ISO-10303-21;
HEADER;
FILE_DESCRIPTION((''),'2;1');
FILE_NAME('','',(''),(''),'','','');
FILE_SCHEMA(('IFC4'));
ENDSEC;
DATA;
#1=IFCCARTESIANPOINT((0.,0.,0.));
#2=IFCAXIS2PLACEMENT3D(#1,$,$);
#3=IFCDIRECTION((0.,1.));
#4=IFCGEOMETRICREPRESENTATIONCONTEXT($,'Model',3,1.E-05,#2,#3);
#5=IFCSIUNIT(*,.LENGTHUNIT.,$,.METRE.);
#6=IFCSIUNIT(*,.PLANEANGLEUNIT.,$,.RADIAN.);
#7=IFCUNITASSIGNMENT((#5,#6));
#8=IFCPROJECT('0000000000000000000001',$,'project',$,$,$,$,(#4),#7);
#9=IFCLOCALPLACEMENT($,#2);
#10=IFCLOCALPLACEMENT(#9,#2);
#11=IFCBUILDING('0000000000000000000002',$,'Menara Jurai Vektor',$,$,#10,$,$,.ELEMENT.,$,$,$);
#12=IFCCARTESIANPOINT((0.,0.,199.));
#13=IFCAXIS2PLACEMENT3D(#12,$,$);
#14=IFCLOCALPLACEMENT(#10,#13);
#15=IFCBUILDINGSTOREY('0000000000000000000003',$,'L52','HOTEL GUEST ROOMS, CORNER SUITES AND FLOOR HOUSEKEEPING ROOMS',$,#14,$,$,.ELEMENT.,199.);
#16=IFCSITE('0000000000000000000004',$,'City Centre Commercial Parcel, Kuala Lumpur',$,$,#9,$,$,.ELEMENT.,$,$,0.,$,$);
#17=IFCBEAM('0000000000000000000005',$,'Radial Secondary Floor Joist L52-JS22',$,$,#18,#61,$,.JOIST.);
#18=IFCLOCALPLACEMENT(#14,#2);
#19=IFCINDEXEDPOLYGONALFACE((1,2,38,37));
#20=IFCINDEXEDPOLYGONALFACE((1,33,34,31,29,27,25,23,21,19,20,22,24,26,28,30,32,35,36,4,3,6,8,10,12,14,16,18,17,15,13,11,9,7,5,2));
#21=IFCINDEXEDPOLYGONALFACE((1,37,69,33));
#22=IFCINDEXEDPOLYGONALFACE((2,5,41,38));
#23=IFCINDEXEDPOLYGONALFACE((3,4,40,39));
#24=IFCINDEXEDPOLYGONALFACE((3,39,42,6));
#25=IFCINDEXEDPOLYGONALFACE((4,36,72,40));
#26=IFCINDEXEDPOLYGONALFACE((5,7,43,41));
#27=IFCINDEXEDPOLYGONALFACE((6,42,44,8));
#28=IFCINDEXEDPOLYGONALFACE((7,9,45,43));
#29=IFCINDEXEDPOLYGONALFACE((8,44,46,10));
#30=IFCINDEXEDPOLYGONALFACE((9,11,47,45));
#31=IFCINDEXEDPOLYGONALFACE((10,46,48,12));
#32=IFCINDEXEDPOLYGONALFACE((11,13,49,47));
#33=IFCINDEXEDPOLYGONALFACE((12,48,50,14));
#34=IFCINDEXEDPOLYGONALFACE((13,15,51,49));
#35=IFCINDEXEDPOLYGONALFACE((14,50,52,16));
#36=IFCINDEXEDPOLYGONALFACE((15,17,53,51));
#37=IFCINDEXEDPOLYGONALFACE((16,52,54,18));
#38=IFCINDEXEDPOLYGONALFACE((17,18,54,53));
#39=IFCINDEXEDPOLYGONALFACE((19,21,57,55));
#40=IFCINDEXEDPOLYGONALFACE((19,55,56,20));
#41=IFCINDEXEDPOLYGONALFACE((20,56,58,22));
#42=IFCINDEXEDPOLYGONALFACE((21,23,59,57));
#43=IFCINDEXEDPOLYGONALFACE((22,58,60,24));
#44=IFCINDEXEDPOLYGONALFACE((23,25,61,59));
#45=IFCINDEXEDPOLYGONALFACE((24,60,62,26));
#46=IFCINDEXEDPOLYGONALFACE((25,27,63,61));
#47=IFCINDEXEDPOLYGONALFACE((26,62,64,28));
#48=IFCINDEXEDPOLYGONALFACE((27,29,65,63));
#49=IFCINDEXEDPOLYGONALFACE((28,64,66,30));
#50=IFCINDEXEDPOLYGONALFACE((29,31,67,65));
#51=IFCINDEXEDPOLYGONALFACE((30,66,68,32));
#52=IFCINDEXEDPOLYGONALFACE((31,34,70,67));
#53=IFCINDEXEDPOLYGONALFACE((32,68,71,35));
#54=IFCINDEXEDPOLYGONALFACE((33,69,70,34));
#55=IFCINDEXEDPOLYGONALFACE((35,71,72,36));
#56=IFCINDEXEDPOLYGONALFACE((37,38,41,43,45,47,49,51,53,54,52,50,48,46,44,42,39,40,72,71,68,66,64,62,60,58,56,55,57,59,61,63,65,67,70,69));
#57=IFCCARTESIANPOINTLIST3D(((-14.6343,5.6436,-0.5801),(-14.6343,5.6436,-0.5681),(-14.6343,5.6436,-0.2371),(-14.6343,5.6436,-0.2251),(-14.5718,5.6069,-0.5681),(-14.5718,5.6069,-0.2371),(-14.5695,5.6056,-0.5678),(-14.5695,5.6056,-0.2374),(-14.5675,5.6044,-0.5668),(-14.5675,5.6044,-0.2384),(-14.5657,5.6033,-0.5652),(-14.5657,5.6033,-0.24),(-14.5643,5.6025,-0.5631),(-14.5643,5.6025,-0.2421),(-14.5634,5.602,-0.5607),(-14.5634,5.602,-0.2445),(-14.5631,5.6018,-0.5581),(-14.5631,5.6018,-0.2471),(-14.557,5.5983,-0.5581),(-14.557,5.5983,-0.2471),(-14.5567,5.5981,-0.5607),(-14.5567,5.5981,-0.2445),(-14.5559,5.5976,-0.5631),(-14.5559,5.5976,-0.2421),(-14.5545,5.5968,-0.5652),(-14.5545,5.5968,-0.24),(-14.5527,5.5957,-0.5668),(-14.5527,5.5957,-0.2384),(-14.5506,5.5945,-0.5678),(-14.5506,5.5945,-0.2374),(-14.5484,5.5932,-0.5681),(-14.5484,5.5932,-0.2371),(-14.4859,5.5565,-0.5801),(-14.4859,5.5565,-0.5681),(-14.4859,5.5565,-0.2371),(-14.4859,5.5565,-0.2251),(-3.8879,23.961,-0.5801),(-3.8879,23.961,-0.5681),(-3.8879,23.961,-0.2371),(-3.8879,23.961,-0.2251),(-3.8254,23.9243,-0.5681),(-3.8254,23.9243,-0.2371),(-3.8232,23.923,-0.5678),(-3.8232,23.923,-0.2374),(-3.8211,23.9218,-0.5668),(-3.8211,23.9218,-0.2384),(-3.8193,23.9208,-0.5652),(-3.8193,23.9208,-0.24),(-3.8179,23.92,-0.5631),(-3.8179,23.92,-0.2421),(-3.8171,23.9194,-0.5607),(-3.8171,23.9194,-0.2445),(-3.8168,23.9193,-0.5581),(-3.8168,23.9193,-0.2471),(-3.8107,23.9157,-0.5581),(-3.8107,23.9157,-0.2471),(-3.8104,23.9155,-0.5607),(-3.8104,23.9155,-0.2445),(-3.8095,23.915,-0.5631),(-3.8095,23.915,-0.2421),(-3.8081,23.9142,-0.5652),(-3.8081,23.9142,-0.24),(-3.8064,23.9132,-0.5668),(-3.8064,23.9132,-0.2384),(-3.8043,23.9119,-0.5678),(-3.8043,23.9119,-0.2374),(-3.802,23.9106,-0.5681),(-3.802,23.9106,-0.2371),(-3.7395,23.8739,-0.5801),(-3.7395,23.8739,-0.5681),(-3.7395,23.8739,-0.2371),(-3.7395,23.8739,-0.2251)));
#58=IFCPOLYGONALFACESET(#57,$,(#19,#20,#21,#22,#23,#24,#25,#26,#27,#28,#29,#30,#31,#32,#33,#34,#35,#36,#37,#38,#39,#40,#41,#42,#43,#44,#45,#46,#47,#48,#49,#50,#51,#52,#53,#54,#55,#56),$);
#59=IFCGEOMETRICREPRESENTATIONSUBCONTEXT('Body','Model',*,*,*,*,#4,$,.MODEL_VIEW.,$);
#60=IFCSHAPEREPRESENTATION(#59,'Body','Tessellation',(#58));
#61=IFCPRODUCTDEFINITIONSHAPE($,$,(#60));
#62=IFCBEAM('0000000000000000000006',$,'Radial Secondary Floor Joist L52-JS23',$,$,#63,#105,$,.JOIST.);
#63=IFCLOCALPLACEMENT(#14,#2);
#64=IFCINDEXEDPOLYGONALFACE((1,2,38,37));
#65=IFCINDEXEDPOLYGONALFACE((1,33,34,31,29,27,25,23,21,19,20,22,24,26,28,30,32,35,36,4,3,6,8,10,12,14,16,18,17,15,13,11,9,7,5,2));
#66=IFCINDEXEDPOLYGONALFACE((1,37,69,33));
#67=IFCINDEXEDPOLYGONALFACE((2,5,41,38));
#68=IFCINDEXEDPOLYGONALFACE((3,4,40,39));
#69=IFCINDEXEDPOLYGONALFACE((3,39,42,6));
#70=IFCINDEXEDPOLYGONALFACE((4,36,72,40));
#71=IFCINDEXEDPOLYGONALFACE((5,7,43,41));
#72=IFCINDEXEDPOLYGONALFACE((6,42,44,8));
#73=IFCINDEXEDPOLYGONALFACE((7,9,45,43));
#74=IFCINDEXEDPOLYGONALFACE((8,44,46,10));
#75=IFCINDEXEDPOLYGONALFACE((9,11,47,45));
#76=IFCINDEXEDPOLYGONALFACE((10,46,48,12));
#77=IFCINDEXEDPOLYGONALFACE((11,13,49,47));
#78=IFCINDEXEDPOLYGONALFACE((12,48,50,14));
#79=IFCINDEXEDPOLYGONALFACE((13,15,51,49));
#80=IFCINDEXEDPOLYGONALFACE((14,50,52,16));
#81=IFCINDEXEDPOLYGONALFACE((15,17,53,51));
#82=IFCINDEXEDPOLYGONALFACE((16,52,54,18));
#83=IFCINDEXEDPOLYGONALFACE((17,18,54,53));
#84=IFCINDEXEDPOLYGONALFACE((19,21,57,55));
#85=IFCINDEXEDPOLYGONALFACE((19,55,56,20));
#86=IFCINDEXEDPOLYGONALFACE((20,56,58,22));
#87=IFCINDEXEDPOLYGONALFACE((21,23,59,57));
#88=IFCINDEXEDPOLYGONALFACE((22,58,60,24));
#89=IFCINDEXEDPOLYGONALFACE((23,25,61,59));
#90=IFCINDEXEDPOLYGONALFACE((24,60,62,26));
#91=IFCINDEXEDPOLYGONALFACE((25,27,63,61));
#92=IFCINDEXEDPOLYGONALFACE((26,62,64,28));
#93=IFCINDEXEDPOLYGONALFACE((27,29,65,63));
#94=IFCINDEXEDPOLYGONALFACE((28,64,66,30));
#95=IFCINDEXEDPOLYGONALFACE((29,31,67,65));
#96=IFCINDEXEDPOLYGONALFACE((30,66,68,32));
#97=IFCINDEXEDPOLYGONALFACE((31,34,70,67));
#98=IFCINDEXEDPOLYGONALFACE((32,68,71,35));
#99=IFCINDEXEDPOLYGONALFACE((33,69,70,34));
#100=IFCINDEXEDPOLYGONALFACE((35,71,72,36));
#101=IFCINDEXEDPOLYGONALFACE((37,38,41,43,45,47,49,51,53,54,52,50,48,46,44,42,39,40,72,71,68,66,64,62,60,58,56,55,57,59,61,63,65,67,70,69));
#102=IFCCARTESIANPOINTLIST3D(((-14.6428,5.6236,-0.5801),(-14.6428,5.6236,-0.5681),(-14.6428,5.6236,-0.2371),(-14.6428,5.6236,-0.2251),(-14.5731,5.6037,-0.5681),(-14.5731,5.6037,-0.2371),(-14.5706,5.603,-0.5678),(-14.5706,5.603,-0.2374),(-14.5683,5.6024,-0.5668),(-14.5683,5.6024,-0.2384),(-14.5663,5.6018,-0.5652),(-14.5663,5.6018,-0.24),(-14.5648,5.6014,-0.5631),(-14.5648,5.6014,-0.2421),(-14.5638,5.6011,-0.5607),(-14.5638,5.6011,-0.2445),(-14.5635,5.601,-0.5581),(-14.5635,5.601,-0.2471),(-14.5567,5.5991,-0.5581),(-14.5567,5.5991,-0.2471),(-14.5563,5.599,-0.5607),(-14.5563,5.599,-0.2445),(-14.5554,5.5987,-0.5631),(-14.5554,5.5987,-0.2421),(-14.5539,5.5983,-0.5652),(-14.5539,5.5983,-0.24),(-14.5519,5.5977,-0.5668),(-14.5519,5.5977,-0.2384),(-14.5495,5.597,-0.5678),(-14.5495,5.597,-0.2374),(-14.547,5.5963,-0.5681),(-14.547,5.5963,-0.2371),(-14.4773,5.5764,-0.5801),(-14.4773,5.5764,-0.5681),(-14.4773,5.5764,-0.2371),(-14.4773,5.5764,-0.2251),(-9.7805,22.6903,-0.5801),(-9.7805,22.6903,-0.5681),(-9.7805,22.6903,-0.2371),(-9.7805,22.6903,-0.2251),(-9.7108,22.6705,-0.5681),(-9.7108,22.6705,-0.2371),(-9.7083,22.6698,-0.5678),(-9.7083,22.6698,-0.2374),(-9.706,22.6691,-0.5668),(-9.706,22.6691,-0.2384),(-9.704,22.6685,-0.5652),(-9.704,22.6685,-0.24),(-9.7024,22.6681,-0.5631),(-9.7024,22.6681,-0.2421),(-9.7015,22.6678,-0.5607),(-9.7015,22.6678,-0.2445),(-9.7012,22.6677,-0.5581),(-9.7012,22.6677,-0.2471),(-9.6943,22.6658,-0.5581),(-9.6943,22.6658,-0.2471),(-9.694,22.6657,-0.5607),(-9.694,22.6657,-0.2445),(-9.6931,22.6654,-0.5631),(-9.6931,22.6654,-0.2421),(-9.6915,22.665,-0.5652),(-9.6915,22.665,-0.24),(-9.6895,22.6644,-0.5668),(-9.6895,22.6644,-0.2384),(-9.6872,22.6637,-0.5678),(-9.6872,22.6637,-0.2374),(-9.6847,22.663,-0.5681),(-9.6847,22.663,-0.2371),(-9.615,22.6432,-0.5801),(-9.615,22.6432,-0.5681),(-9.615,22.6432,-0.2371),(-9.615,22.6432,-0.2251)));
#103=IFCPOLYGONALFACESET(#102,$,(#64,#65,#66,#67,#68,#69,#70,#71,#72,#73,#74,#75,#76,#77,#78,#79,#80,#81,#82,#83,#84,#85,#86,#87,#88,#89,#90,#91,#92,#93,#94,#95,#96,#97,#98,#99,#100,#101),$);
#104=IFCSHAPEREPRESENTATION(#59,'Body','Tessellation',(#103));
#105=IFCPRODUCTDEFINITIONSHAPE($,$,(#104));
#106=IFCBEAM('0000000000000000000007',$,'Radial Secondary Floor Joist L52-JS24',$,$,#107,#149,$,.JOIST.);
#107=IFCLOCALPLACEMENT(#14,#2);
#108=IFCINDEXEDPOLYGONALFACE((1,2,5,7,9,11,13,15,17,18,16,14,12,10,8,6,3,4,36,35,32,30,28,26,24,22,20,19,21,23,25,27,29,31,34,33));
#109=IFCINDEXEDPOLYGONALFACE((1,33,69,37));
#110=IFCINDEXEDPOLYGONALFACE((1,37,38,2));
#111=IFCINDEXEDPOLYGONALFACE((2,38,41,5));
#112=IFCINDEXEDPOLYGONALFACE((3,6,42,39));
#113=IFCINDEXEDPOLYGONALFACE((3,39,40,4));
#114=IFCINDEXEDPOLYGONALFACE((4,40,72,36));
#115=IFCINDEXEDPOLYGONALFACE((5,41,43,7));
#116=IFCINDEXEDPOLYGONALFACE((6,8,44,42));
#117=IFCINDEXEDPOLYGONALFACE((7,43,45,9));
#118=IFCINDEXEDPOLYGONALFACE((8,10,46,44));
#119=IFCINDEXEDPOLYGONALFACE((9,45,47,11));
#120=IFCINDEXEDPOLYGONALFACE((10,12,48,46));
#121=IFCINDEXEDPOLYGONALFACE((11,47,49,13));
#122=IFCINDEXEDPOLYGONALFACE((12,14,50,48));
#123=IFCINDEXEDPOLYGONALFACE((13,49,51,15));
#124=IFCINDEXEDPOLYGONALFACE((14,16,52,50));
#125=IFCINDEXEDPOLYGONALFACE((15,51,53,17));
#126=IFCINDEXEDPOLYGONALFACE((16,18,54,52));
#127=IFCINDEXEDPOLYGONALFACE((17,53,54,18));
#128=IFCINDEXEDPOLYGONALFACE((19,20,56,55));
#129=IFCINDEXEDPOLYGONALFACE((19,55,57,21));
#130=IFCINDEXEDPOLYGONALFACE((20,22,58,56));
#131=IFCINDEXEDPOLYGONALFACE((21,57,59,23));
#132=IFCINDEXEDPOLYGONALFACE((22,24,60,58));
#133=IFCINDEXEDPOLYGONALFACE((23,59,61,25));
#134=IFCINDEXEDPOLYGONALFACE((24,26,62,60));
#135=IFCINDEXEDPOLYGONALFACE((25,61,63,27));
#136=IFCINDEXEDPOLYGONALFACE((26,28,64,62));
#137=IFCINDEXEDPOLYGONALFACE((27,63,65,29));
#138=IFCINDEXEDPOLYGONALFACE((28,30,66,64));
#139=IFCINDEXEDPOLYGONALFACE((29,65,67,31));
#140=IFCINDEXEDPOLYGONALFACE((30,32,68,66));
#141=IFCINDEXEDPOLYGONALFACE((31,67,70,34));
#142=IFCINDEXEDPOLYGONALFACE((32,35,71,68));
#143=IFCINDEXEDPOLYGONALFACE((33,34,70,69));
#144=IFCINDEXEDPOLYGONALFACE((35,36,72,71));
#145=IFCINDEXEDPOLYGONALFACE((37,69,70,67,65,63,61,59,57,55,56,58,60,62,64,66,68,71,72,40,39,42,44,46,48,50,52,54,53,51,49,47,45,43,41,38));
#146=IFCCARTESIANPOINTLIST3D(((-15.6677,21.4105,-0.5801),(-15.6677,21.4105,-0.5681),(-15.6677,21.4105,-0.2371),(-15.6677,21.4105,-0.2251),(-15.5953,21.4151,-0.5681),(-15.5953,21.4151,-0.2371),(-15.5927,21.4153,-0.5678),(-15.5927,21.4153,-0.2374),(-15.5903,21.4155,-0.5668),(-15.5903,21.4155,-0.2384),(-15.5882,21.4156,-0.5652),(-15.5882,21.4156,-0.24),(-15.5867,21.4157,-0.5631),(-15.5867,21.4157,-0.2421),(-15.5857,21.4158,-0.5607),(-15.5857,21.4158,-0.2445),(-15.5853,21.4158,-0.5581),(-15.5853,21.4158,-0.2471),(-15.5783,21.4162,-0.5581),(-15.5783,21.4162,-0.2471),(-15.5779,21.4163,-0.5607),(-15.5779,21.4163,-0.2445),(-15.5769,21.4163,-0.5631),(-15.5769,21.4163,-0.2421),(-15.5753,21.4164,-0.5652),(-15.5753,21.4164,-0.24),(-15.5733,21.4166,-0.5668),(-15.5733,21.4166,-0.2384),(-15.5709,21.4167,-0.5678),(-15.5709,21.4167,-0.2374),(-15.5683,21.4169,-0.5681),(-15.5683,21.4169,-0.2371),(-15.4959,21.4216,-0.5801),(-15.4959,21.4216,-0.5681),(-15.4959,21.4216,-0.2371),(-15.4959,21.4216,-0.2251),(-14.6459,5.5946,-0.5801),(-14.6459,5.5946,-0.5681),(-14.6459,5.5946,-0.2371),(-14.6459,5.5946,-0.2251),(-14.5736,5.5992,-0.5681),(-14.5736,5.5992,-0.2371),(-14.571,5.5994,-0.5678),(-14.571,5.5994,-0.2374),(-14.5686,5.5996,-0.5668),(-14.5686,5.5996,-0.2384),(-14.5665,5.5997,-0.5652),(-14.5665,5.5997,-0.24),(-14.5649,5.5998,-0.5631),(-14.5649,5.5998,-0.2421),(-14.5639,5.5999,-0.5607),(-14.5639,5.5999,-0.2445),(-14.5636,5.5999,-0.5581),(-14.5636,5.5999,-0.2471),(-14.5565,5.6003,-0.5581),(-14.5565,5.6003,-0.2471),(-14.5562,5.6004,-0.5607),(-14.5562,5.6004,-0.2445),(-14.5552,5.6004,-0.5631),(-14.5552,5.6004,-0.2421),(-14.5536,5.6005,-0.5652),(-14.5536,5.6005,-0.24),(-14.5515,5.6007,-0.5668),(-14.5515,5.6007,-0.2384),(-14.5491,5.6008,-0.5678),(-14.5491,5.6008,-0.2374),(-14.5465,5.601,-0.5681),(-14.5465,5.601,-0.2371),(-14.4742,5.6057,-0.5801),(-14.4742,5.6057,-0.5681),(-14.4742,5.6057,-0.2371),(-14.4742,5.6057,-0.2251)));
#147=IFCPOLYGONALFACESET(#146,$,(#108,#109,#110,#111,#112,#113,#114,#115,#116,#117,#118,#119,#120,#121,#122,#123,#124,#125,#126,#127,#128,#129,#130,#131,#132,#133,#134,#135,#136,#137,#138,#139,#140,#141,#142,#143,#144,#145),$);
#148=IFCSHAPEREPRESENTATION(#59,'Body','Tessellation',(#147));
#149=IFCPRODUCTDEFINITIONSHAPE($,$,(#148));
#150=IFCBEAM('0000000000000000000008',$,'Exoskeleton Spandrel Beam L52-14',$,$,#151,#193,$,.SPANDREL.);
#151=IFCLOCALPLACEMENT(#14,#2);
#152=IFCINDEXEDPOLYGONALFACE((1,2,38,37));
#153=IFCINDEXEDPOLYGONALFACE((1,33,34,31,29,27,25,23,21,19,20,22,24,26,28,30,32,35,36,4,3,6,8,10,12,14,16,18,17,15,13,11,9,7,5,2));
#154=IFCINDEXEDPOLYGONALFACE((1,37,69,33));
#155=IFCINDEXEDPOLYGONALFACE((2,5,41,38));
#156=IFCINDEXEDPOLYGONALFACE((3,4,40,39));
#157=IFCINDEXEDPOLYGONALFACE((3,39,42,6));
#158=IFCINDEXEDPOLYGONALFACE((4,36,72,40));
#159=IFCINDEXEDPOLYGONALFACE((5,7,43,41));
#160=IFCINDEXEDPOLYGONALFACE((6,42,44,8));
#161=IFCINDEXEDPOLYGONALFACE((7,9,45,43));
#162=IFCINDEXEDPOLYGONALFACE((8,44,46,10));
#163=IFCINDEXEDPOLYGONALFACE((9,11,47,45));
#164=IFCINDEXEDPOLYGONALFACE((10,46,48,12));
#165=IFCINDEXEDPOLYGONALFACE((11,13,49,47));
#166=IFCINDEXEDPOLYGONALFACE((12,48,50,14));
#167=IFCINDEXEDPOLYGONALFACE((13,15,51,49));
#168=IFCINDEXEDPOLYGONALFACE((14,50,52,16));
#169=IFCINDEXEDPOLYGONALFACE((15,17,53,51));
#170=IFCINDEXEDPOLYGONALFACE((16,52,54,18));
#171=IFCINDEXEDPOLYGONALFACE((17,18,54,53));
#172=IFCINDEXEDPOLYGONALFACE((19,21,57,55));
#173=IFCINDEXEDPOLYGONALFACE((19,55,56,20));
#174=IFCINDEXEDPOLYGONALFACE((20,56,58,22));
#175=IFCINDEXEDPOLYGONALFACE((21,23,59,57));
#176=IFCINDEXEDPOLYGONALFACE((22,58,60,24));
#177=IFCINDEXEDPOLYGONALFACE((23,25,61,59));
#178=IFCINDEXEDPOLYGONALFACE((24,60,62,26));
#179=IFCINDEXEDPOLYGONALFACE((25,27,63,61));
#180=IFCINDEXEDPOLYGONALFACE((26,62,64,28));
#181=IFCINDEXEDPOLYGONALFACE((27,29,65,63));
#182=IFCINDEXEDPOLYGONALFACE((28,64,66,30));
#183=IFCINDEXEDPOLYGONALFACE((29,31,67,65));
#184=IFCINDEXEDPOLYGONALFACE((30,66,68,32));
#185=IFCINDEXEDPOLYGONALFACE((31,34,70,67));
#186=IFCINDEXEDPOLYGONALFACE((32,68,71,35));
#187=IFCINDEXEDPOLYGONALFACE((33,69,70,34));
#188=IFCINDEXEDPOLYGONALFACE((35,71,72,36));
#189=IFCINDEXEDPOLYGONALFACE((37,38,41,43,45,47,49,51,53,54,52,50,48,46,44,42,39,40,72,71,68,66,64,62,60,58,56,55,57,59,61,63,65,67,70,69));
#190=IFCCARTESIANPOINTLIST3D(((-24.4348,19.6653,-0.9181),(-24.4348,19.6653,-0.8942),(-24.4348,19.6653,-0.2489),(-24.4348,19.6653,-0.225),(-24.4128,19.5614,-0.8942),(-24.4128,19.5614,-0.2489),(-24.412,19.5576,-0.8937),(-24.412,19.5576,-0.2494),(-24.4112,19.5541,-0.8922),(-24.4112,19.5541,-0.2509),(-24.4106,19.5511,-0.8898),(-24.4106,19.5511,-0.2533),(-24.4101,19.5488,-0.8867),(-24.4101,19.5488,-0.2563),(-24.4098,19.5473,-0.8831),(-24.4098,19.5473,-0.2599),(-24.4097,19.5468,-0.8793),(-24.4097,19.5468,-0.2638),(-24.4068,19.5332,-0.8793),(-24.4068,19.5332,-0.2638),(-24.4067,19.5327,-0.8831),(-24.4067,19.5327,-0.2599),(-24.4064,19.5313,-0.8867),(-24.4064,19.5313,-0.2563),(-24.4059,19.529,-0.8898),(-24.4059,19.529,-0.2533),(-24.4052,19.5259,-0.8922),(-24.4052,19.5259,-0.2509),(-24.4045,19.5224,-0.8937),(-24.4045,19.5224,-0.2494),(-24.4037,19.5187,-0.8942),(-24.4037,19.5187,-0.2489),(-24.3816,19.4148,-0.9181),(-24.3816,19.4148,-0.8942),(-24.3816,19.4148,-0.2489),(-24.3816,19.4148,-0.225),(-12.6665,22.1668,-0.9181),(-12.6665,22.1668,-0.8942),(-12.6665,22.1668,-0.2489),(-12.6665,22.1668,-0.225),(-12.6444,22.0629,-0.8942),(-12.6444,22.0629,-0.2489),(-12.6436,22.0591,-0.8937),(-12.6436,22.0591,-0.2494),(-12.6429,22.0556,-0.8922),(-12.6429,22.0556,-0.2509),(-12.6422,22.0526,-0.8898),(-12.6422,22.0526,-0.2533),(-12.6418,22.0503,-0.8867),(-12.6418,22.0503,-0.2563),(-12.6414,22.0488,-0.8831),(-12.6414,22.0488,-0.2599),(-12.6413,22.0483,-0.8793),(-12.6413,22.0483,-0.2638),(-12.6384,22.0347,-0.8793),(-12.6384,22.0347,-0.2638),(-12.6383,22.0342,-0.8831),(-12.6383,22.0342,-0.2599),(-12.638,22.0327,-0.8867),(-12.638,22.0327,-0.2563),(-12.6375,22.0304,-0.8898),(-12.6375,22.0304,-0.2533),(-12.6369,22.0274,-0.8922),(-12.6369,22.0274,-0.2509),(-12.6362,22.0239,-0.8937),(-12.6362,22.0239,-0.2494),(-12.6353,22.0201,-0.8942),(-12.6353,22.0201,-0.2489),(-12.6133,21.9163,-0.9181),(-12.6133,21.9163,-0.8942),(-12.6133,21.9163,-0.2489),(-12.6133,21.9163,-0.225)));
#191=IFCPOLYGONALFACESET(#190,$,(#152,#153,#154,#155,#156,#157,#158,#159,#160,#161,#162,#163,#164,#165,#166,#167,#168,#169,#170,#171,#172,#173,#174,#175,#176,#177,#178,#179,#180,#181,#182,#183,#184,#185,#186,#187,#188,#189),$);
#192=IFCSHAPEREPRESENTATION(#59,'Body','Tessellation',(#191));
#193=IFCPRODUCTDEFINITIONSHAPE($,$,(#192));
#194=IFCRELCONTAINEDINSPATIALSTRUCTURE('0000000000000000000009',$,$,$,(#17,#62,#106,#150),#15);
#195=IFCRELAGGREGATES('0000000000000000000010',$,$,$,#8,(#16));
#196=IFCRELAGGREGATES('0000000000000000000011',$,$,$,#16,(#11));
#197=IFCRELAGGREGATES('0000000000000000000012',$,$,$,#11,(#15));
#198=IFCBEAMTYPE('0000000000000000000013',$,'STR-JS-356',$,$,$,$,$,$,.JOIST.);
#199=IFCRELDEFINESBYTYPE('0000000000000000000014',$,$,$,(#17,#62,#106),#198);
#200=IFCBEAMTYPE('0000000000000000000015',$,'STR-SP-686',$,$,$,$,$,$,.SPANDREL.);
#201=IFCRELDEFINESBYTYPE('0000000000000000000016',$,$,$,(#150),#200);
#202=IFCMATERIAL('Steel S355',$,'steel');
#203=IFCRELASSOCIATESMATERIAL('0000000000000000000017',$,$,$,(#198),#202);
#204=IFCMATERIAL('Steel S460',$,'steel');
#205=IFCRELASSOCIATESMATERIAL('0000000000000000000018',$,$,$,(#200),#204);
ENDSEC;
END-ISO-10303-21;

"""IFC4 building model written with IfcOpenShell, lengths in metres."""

from ifc_helpers import new_model, si_unit, direction, frame, origin, origin_2d, place, context, subcontext, project, spatial, i_section, extrude, material, material_profile, profile_set, type_object, element, save


model = new_model("IFC4")

# Units and contexts
model_context = context("Model", 3, precision=1e-05, world=origin(), true_north=direction((0.0, 1.0)))
body_context = subcontext(model_context, "Body", "Model", "MODEL_VIEW")
ifc_project = project(units=[si_unit("LENGTHUNIT", "METRE"), si_unit("PLANEANGLEUNIT", "RADIAN")], contexts=[model_context])

# Site, building, storey
site_placement = place(None, origin())
site = spatial("IfcSite", under=ifc_project, at=site_placement, Name="City Centre Commercial Parcel, Kuala Lumpur", CompositionType="ELEMENT", RefElevation=0.0)
building_placement = place(site_placement, origin())
building = spatial("IfcBuilding", under=site, at=building_placement, Name="Menara Jurai Vektor", CompositionType="ELEMENT")
storey_placement = place(building_placement, frame((0.0, 0.0, 199.0)))
storey = spatial("IfcBuildingStorey", under=building, at=storey_placement, Name="L52", Description="HOTEL GUEST ROOMS, CORNER SUITES AND FLOOR HOUSEKEEPING ROOMS", CompositionType="ELEMENT", Elevation=199.0)

# Shared definitions
ifc_material_1 = material(Name="Steel S460", Category="steel")

# Beams
ifc_material_2 = material(Name="Steel S355", Category="steel")
ifc_material_profile_1 = material_profile(ifc_material_2, i_section(OverallWidth=0.1721, OverallDepth=0.355, WebThickness=0.0071, FlangeThickness=0.012, FilletRadius=0.01, at=origin_2d()), Name="UKB 356x171x51")
ifc_profile_set_1 = profile_set([ifc_material_profile_1], Name="Steel S355")
beam_type_1 = type_object("IfcBeamType", Name="STR-JS-356", PredefinedType="JOIST", material=ifc_profile_set_1)
beam_1_placement = place(storey_placement, frame((-3.8137, 23.9175, -0.4026), z_axis=(-0.50602, -0.862522, 0.0), x_axis=(0.862522, -0.50602, 0.0)))
element("IfcBeam", 1, at=beam_1_placement, inside=storey, type_object=beam_type_1, Name="Radial Secondary Floor Joist L52-JS22", PredefinedType="JOIST", context=body_context, shape_type="SweptSolid", body=[
    extrude(i_section(OverallWidth=0.1721, OverallDepth=0.355, WebThickness=0.0071, FlangeThickness=0.012, FilletRadius=0.01, at=origin_2d()), origin(), (0.0, 0.0, 1.0), 21.2371),
])
beam_2_placement = place(storey_placement, frame((-9.6978, 22.6667, -0.4026), z_axis=(-0.273998, -0.96173, 0.0), x_axis=(0.96173, -0.273998, 0.0)))
element("IfcBeam", 2, at=beam_2_placement, inside=storey, type_object=beam_type_1, Name="Radial Secondary Floor Joist L52-JS23", PredefinedType="JOIST", context=body_context, shape_type="SweptSolid", body=[
    extrude(i_section(OverallWidth=0.1721, OverallDepth=0.355, WebThickness=0.0071, FlangeThickness=0.012, FilletRadius=0.01, at=origin_2d()), origin(), (0.0, 0.0, 1.0), 17.7458),
])
beam_3_placement = place(storey_placement, frame((-15.5818, 21.416, -0.4026), z_axis=(0.064467, -0.99792, 0.0), x_axis=(0.99792, 0.064467, 0.0)))
element("IfcBeam", 3, at=beam_3_placement, inside=storey, type_object=beam_type_1, Name="Radial Secondary Floor Joist L52-JS24", PredefinedType="JOIST", context=body_context, shape_type="SweptSolid", body=[
    extrude(i_section(OverallWidth=0.1721, OverallDepth=0.355, WebThickness=0.0071, FlangeThickness=0.012, FilletRadius=0.01, at=origin_2d()), origin(), (0.0, 0.0, 1.0), 15.8489),
])
ifc_material_profile_2 = material_profile(ifc_material_1, i_section(OverallWidth=0.2561, OverallDepth=0.6931, WebThickness=0.0139, FlangeThickness=0.0239, FilletRadius=0.0149, at=origin_2d()), Name="UKB 686x254x170")
ifc_profile_set_2 = profile_set([ifc_material_profile_2], Name="Steel S460")
beam_type_2 = type_object("IfcBeamType", Name="STR-SP-686", PredefinedType="SPANDREL", material=ifc_profile_set_2)
beam_4_placement = place(storey_placement, frame((-12.6399, 22.0415, -0.5715), z_axis=(-0.978147, -0.207914, 0.0), x_axis=(0.207914, -0.978147, 0.0)))
element("IfcBeam", 4, at=beam_4_placement, inside=storey, type_object=beam_type_2, Name="Exoskeleton Spandrel Beam L52-14", PredefinedType="SPANDREL", context=body_context, shape_type="SweptSolid", body=[
    extrude(i_section(OverallWidth=0.2561, OverallDepth=0.6931, WebThickness=0.0139, FlangeThickness=0.0239, FilletRadius=0.0149, at=origin_2d()), origin(), (0.0, 0.0, 1.0), 12.0312),
])

save(model, "model.ifc")
